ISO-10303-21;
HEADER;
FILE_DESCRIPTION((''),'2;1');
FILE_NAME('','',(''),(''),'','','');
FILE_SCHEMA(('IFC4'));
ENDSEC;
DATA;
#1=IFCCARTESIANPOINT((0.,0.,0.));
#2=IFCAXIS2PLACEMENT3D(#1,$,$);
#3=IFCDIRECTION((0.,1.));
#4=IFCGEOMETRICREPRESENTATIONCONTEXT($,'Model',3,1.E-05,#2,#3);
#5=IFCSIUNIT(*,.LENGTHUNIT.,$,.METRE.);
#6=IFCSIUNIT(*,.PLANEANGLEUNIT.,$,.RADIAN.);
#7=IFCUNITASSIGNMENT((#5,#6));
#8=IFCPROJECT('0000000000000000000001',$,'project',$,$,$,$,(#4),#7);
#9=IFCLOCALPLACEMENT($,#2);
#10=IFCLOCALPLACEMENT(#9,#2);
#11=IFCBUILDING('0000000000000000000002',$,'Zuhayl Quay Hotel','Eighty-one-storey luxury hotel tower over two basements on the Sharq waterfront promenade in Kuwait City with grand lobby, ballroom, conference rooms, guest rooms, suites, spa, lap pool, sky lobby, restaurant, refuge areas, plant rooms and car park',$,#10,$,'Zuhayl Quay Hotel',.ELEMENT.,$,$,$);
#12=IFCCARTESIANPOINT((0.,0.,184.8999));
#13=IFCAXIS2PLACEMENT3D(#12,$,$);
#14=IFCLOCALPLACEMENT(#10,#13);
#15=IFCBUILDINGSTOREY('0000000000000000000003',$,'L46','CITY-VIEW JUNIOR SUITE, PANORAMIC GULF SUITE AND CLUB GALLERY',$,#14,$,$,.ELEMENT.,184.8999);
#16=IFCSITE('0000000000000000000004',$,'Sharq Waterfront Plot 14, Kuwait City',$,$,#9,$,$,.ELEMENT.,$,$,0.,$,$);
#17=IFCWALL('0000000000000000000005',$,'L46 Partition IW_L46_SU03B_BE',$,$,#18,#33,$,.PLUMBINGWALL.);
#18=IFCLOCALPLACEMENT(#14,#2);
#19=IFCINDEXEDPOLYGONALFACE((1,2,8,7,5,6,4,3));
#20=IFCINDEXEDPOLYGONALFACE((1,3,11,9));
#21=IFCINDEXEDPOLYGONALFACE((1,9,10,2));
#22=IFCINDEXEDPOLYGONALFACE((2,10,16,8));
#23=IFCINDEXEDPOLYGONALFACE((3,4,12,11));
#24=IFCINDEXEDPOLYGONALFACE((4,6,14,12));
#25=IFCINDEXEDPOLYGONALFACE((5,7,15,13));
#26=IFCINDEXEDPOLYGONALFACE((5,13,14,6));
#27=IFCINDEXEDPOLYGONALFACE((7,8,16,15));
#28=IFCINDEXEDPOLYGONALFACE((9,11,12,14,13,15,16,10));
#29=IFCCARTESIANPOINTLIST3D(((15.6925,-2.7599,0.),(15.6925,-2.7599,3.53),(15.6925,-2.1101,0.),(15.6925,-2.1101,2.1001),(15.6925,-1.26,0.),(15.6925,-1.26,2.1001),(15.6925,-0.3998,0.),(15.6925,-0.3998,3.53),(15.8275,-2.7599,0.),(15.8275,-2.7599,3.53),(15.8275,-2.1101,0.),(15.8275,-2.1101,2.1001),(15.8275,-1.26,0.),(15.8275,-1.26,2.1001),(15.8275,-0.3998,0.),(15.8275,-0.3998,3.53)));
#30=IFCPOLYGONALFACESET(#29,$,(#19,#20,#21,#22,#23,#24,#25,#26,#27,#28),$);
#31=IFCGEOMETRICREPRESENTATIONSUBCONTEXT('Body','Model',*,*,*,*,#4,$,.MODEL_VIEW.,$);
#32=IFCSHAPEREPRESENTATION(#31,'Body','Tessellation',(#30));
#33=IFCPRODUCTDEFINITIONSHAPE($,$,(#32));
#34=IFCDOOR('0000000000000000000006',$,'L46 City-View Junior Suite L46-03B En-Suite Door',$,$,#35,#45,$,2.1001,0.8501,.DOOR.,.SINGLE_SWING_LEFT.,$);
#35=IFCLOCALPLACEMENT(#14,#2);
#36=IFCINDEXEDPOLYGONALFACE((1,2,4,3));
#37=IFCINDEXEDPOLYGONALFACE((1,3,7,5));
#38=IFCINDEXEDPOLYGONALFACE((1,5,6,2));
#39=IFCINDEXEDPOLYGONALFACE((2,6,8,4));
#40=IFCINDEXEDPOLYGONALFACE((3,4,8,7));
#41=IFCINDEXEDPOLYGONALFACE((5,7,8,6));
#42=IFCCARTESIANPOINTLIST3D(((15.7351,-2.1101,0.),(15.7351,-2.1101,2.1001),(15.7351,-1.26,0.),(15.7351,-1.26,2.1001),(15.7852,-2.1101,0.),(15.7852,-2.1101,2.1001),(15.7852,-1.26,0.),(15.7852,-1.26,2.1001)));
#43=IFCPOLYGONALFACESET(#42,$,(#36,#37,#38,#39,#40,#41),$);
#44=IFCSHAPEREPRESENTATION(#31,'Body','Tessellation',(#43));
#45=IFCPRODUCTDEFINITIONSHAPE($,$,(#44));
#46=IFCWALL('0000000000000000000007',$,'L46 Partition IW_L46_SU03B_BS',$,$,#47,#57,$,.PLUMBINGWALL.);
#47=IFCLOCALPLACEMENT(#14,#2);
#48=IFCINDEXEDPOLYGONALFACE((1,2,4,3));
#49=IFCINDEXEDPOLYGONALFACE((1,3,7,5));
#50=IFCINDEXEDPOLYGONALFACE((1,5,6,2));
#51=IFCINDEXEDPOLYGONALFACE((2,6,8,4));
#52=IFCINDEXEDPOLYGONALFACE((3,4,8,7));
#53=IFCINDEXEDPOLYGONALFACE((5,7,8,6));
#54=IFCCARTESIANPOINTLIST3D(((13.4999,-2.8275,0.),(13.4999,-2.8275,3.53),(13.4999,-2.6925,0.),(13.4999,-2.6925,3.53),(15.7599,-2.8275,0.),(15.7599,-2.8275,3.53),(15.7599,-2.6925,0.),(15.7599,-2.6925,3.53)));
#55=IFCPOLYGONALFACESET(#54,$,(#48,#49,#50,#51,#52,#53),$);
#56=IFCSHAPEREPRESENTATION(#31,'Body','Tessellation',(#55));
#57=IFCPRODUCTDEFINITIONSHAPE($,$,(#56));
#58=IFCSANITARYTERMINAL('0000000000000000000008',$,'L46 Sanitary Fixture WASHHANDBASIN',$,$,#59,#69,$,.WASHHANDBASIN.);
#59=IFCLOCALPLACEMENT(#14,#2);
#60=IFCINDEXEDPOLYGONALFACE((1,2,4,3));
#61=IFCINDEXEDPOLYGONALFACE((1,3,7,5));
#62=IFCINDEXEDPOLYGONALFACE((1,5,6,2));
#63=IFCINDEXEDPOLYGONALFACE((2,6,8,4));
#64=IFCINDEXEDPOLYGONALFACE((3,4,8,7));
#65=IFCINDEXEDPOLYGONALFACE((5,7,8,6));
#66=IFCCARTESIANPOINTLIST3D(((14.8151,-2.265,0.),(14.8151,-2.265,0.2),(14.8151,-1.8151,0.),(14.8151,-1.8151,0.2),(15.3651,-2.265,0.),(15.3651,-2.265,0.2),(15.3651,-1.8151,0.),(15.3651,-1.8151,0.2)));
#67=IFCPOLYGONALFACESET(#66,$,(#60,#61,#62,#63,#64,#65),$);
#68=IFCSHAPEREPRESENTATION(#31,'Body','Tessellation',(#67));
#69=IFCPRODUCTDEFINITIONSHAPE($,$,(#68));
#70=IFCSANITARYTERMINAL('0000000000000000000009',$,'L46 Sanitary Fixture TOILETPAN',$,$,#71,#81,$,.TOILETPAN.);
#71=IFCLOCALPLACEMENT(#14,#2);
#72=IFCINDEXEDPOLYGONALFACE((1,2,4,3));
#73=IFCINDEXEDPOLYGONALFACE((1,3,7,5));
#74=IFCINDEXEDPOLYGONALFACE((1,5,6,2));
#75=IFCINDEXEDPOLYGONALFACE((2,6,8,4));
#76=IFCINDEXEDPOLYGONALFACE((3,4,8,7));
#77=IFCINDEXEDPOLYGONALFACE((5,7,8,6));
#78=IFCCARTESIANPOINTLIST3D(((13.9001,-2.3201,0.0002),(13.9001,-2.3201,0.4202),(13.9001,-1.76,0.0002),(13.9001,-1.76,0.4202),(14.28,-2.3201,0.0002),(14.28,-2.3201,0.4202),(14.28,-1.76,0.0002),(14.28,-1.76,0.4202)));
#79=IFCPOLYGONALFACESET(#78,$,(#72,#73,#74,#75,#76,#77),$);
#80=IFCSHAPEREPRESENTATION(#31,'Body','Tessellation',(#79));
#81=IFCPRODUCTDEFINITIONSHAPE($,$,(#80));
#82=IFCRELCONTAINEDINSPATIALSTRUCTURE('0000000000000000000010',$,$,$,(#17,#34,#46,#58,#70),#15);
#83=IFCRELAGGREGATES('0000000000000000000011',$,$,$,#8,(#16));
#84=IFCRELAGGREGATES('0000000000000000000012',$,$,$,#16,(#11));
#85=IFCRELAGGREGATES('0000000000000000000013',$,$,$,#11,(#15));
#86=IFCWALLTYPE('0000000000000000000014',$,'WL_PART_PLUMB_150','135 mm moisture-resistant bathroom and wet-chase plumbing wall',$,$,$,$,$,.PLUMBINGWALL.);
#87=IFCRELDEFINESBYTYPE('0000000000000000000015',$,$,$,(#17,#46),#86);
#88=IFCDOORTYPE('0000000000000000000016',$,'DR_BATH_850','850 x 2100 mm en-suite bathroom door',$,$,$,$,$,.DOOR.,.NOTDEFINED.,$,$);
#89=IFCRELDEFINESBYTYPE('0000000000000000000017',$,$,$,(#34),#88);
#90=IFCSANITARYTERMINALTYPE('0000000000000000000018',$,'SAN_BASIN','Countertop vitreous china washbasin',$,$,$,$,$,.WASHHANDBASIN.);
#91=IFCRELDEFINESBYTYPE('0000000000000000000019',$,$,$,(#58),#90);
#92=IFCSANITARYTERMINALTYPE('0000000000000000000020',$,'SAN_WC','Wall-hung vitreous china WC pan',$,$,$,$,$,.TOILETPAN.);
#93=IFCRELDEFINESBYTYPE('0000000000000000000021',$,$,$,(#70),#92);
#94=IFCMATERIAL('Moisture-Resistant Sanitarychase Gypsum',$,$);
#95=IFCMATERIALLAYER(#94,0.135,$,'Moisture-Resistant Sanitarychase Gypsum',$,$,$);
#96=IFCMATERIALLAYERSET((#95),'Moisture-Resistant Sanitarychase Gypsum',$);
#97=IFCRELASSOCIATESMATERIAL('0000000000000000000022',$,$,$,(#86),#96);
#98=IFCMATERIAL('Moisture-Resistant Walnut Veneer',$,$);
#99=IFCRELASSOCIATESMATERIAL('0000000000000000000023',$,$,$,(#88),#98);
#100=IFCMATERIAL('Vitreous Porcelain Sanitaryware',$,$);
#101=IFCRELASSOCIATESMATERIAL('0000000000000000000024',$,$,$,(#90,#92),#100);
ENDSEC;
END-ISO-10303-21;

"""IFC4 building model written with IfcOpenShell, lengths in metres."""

from ifc_helpers import new_model, si_unit, direction, frame, frame_2d, origin, origin_2d, place, context, subcontext, project, spatial, rectangle, extrude, material, layer, layer_set, type_object, element, fill, save


model = new_model("IFC4")

# Units and contexts
model_context = context("Model", 3, precision=1e-05, world=origin(), true_north=direction((0.0, 1.0)))
body_context = subcontext(model_context, "Body", "Model", "MODEL_VIEW")
ifc_project = project(units=[si_unit("LENGTHUNIT", "METRE"), si_unit("PLANEANGLEUNIT", "RADIAN")], contexts=[model_context])

# Site, building, storey
site_placement = place(None, origin())
site = spatial("IfcSite", under=ifc_project, at=site_placement, Name="Sharq Waterfront Plot 14, Kuwait City", CompositionType="ELEMENT", RefElevation=0.0)
building_placement = place(site_placement, origin())
building = spatial("IfcBuilding", under=site, at=building_placement, Name="Zuhayl Quay Hotel", Description="Eighty-one-storey luxury hotel tower over two basements on the Sharq waterfront promenade in Kuwait City with grand lobby, ballroom, conference rooms, guest rooms, suites, spa, lap pool, sky lobby, restaurant, refuge areas, plant rooms and car park", LongName="Zuhayl Quay Hotel", CompositionType="ELEMENT")
storey_placement = place(building_placement, frame((0.0, 0.0, 184.8999)))
storey = spatial("IfcBuildingStorey", under=building, at=storey_placement, Name="L46", Description="CITY-VIEW JUNIOR SUITE, PANORAMIC GULF SUITE AND CLUB GALLERY", CompositionType="ELEMENT", Elevation=184.8999)

# Wall, opening, door
ifc_material_1 = material(Name="Moisture-Resistant Sanitarychase Gypsum")
ifc_layer_1 = layer(ifc_material_1, 0.135, Name="Moisture-Resistant Sanitarychase Gypsum")
ifc_layer_set_1 = layer_set([ifc_layer_1], Name="Moisture-Resistant Sanitarychase Gypsum")
wall_type_1 = type_object("IfcWallType", Name="WL_PART_PLUMB_150", Description="135 mm moisture-resistant bathroom and wet-chase plumbing wall", PredefinedType="PLUMBINGWALL", material=ifc_layer_set_1)
wall_1_placement = place(storey_placement, frame((15.76, -2.76, 0.0), z_axis=(0.0, 0.0, 1.0), x_axis=(0.0, 1.0, 0.0)))
wall_1 = element("IfcWall", 1, at=wall_1_placement, inside=storey, type_object=wall_type_1, Name="L46 Partition IW_L46_SU03B_BE", PredefinedType="PLUMBINGWALL", context=body_context, shape_type="SweptSolid", body=[
    extrude(rectangle(XDim=2.3601, YDim=0.135, at=frame_2d((1.1802, 0.0))), origin(), (0.0, 0.0, 1.0), 3.53),
])
opening_1_placement = place(wall_1_placement, frame((0.6499, 0.0, 0.0)))
opening_1 = element("IfcOpeningElement", 2, at=opening_1_placement, cuts=wall_1, PredefinedType="OPENING", context=body_context, shape_type="SweptSolid", body=[
    extrude(rectangle(XDim=0.8501, YDim=2.1001, at=frame_2d((0.425, 1.05))), frame((0.0, 0.0774, 0.0), z_axis=(0.0, -1.0, 0.0), x_axis=(1.0, 0.0, 0.0)), (0.0, 0.0, 1.0), 0.155),
])
ifc_material_2 = material(Name="Moisture-Resistant Walnut Veneer")
door_type = type_object("IfcDoorType", Name="DR_BATH_850", Description="850 x 2100 mm en-suite bathroom door", OperationType="NOTDEFINED", PredefinedType="DOOR", material=ifc_material_2)
door_placement = place(opening_1_placement, origin())
door = element("IfcDoor", 3, at=door_placement, inside=storey, type_object=door_type, Name="L46 City-View Junior Suite L46-03B En-Suite Door", OperationType="SINGLE_SWING_LEFT", OverallHeight=2.1001, OverallWidth=0.8501, PredefinedType="DOOR", context=body_context, shape_type="SweptSolid", body=[
    extrude(rectangle(XDim=0.8501, YDim=2.1001, at=frame_2d((0.425, 1.05))), frame((0.0, 0.0249, 0.0), z_axis=(0.0, -1.0, 0.0), x_axis=(1.0, 0.0, 0.0)), (0.0, 0.0, 1.0), 0.05),
])
fill(opening_1, door)

# Wall
wall_2_placement = place(storey_placement, frame((13.5, -2.76, 0.0), z_axis=(0.0, 0.0, 1.0), x_axis=(1.0, 0.0, 0.0)))
element("IfcWall", 4, at=wall_2_placement, inside=storey, type_object=wall_type_1, Name="L46 Partition IW_L46_SU03B_BS", PredefinedType="PLUMBINGWALL", context=body_context, shape_type="SweptSolid", body=[
    extrude(rectangle(XDim=2.26, YDim=0.135, at=frame_2d((1.1299, 0.0))), origin(), (0.0, 0.0, 1.0), 3.53),
])

# Sanitary terminals
ifc_material_3 = material(Name="Vitreous Porcelain Sanitaryware")
sanitary_terminal_type_1 = type_object("IfcSanitaryTerminalType", Name="SAN_BASIN", Description="Countertop vitreous china washbasin", PredefinedType="WASHHANDBASIN", material=ifc_material_3)
sanitary_terminal_1_placement = place(storey_placement, frame((15.0901, -2.04, 0.0), z_axis=(0.0, 0.0, 1.0), x_axis=(1.0, 0.0, 0.0)))
element("IfcSanitaryTerminal", 5, at=sanitary_terminal_1_placement, inside=storey, type_object=sanitary_terminal_type_1, Name="L46 Sanitary Fixture WASHHANDBASIN", PredefinedType="WASHHANDBASIN", context=body_context, shape_type="SweptSolid", body=[
    extrude(rectangle(XDim=0.55, YDim=0.45, at=origin_2d()), origin(), (0.0, 0.0, 1.0), 0.2),
])
sanitary_terminal_type_2 = type_object("IfcSanitaryTerminalType", Name="SAN_WC", Description="Wall-hung vitreous china WC pan", PredefinedType="TOILETPAN", material=ifc_material_3)
sanitary_terminal_2_placement = place(storey_placement, frame((14.0901, -2.04, 0.0002), z_axis=(0.0, 0.0, 1.0), x_axis=(1.0, 0.0, 0.0)))
element("IfcSanitaryTerminal", 6, at=sanitary_terminal_2_placement, inside=storey, type_object=sanitary_terminal_type_2, Name="L46 Sanitary Fixture TOILETPAN", PredefinedType="TOILETPAN", context=body_context, shape_type="SweptSolid", body=[
    extrude(rectangle(XDim=0.3799, YDim=0.5601, at=origin_2d()), origin(), (0.0, 0.0, 1.0), 0.4199),
])

save(model, "model.ifc")
